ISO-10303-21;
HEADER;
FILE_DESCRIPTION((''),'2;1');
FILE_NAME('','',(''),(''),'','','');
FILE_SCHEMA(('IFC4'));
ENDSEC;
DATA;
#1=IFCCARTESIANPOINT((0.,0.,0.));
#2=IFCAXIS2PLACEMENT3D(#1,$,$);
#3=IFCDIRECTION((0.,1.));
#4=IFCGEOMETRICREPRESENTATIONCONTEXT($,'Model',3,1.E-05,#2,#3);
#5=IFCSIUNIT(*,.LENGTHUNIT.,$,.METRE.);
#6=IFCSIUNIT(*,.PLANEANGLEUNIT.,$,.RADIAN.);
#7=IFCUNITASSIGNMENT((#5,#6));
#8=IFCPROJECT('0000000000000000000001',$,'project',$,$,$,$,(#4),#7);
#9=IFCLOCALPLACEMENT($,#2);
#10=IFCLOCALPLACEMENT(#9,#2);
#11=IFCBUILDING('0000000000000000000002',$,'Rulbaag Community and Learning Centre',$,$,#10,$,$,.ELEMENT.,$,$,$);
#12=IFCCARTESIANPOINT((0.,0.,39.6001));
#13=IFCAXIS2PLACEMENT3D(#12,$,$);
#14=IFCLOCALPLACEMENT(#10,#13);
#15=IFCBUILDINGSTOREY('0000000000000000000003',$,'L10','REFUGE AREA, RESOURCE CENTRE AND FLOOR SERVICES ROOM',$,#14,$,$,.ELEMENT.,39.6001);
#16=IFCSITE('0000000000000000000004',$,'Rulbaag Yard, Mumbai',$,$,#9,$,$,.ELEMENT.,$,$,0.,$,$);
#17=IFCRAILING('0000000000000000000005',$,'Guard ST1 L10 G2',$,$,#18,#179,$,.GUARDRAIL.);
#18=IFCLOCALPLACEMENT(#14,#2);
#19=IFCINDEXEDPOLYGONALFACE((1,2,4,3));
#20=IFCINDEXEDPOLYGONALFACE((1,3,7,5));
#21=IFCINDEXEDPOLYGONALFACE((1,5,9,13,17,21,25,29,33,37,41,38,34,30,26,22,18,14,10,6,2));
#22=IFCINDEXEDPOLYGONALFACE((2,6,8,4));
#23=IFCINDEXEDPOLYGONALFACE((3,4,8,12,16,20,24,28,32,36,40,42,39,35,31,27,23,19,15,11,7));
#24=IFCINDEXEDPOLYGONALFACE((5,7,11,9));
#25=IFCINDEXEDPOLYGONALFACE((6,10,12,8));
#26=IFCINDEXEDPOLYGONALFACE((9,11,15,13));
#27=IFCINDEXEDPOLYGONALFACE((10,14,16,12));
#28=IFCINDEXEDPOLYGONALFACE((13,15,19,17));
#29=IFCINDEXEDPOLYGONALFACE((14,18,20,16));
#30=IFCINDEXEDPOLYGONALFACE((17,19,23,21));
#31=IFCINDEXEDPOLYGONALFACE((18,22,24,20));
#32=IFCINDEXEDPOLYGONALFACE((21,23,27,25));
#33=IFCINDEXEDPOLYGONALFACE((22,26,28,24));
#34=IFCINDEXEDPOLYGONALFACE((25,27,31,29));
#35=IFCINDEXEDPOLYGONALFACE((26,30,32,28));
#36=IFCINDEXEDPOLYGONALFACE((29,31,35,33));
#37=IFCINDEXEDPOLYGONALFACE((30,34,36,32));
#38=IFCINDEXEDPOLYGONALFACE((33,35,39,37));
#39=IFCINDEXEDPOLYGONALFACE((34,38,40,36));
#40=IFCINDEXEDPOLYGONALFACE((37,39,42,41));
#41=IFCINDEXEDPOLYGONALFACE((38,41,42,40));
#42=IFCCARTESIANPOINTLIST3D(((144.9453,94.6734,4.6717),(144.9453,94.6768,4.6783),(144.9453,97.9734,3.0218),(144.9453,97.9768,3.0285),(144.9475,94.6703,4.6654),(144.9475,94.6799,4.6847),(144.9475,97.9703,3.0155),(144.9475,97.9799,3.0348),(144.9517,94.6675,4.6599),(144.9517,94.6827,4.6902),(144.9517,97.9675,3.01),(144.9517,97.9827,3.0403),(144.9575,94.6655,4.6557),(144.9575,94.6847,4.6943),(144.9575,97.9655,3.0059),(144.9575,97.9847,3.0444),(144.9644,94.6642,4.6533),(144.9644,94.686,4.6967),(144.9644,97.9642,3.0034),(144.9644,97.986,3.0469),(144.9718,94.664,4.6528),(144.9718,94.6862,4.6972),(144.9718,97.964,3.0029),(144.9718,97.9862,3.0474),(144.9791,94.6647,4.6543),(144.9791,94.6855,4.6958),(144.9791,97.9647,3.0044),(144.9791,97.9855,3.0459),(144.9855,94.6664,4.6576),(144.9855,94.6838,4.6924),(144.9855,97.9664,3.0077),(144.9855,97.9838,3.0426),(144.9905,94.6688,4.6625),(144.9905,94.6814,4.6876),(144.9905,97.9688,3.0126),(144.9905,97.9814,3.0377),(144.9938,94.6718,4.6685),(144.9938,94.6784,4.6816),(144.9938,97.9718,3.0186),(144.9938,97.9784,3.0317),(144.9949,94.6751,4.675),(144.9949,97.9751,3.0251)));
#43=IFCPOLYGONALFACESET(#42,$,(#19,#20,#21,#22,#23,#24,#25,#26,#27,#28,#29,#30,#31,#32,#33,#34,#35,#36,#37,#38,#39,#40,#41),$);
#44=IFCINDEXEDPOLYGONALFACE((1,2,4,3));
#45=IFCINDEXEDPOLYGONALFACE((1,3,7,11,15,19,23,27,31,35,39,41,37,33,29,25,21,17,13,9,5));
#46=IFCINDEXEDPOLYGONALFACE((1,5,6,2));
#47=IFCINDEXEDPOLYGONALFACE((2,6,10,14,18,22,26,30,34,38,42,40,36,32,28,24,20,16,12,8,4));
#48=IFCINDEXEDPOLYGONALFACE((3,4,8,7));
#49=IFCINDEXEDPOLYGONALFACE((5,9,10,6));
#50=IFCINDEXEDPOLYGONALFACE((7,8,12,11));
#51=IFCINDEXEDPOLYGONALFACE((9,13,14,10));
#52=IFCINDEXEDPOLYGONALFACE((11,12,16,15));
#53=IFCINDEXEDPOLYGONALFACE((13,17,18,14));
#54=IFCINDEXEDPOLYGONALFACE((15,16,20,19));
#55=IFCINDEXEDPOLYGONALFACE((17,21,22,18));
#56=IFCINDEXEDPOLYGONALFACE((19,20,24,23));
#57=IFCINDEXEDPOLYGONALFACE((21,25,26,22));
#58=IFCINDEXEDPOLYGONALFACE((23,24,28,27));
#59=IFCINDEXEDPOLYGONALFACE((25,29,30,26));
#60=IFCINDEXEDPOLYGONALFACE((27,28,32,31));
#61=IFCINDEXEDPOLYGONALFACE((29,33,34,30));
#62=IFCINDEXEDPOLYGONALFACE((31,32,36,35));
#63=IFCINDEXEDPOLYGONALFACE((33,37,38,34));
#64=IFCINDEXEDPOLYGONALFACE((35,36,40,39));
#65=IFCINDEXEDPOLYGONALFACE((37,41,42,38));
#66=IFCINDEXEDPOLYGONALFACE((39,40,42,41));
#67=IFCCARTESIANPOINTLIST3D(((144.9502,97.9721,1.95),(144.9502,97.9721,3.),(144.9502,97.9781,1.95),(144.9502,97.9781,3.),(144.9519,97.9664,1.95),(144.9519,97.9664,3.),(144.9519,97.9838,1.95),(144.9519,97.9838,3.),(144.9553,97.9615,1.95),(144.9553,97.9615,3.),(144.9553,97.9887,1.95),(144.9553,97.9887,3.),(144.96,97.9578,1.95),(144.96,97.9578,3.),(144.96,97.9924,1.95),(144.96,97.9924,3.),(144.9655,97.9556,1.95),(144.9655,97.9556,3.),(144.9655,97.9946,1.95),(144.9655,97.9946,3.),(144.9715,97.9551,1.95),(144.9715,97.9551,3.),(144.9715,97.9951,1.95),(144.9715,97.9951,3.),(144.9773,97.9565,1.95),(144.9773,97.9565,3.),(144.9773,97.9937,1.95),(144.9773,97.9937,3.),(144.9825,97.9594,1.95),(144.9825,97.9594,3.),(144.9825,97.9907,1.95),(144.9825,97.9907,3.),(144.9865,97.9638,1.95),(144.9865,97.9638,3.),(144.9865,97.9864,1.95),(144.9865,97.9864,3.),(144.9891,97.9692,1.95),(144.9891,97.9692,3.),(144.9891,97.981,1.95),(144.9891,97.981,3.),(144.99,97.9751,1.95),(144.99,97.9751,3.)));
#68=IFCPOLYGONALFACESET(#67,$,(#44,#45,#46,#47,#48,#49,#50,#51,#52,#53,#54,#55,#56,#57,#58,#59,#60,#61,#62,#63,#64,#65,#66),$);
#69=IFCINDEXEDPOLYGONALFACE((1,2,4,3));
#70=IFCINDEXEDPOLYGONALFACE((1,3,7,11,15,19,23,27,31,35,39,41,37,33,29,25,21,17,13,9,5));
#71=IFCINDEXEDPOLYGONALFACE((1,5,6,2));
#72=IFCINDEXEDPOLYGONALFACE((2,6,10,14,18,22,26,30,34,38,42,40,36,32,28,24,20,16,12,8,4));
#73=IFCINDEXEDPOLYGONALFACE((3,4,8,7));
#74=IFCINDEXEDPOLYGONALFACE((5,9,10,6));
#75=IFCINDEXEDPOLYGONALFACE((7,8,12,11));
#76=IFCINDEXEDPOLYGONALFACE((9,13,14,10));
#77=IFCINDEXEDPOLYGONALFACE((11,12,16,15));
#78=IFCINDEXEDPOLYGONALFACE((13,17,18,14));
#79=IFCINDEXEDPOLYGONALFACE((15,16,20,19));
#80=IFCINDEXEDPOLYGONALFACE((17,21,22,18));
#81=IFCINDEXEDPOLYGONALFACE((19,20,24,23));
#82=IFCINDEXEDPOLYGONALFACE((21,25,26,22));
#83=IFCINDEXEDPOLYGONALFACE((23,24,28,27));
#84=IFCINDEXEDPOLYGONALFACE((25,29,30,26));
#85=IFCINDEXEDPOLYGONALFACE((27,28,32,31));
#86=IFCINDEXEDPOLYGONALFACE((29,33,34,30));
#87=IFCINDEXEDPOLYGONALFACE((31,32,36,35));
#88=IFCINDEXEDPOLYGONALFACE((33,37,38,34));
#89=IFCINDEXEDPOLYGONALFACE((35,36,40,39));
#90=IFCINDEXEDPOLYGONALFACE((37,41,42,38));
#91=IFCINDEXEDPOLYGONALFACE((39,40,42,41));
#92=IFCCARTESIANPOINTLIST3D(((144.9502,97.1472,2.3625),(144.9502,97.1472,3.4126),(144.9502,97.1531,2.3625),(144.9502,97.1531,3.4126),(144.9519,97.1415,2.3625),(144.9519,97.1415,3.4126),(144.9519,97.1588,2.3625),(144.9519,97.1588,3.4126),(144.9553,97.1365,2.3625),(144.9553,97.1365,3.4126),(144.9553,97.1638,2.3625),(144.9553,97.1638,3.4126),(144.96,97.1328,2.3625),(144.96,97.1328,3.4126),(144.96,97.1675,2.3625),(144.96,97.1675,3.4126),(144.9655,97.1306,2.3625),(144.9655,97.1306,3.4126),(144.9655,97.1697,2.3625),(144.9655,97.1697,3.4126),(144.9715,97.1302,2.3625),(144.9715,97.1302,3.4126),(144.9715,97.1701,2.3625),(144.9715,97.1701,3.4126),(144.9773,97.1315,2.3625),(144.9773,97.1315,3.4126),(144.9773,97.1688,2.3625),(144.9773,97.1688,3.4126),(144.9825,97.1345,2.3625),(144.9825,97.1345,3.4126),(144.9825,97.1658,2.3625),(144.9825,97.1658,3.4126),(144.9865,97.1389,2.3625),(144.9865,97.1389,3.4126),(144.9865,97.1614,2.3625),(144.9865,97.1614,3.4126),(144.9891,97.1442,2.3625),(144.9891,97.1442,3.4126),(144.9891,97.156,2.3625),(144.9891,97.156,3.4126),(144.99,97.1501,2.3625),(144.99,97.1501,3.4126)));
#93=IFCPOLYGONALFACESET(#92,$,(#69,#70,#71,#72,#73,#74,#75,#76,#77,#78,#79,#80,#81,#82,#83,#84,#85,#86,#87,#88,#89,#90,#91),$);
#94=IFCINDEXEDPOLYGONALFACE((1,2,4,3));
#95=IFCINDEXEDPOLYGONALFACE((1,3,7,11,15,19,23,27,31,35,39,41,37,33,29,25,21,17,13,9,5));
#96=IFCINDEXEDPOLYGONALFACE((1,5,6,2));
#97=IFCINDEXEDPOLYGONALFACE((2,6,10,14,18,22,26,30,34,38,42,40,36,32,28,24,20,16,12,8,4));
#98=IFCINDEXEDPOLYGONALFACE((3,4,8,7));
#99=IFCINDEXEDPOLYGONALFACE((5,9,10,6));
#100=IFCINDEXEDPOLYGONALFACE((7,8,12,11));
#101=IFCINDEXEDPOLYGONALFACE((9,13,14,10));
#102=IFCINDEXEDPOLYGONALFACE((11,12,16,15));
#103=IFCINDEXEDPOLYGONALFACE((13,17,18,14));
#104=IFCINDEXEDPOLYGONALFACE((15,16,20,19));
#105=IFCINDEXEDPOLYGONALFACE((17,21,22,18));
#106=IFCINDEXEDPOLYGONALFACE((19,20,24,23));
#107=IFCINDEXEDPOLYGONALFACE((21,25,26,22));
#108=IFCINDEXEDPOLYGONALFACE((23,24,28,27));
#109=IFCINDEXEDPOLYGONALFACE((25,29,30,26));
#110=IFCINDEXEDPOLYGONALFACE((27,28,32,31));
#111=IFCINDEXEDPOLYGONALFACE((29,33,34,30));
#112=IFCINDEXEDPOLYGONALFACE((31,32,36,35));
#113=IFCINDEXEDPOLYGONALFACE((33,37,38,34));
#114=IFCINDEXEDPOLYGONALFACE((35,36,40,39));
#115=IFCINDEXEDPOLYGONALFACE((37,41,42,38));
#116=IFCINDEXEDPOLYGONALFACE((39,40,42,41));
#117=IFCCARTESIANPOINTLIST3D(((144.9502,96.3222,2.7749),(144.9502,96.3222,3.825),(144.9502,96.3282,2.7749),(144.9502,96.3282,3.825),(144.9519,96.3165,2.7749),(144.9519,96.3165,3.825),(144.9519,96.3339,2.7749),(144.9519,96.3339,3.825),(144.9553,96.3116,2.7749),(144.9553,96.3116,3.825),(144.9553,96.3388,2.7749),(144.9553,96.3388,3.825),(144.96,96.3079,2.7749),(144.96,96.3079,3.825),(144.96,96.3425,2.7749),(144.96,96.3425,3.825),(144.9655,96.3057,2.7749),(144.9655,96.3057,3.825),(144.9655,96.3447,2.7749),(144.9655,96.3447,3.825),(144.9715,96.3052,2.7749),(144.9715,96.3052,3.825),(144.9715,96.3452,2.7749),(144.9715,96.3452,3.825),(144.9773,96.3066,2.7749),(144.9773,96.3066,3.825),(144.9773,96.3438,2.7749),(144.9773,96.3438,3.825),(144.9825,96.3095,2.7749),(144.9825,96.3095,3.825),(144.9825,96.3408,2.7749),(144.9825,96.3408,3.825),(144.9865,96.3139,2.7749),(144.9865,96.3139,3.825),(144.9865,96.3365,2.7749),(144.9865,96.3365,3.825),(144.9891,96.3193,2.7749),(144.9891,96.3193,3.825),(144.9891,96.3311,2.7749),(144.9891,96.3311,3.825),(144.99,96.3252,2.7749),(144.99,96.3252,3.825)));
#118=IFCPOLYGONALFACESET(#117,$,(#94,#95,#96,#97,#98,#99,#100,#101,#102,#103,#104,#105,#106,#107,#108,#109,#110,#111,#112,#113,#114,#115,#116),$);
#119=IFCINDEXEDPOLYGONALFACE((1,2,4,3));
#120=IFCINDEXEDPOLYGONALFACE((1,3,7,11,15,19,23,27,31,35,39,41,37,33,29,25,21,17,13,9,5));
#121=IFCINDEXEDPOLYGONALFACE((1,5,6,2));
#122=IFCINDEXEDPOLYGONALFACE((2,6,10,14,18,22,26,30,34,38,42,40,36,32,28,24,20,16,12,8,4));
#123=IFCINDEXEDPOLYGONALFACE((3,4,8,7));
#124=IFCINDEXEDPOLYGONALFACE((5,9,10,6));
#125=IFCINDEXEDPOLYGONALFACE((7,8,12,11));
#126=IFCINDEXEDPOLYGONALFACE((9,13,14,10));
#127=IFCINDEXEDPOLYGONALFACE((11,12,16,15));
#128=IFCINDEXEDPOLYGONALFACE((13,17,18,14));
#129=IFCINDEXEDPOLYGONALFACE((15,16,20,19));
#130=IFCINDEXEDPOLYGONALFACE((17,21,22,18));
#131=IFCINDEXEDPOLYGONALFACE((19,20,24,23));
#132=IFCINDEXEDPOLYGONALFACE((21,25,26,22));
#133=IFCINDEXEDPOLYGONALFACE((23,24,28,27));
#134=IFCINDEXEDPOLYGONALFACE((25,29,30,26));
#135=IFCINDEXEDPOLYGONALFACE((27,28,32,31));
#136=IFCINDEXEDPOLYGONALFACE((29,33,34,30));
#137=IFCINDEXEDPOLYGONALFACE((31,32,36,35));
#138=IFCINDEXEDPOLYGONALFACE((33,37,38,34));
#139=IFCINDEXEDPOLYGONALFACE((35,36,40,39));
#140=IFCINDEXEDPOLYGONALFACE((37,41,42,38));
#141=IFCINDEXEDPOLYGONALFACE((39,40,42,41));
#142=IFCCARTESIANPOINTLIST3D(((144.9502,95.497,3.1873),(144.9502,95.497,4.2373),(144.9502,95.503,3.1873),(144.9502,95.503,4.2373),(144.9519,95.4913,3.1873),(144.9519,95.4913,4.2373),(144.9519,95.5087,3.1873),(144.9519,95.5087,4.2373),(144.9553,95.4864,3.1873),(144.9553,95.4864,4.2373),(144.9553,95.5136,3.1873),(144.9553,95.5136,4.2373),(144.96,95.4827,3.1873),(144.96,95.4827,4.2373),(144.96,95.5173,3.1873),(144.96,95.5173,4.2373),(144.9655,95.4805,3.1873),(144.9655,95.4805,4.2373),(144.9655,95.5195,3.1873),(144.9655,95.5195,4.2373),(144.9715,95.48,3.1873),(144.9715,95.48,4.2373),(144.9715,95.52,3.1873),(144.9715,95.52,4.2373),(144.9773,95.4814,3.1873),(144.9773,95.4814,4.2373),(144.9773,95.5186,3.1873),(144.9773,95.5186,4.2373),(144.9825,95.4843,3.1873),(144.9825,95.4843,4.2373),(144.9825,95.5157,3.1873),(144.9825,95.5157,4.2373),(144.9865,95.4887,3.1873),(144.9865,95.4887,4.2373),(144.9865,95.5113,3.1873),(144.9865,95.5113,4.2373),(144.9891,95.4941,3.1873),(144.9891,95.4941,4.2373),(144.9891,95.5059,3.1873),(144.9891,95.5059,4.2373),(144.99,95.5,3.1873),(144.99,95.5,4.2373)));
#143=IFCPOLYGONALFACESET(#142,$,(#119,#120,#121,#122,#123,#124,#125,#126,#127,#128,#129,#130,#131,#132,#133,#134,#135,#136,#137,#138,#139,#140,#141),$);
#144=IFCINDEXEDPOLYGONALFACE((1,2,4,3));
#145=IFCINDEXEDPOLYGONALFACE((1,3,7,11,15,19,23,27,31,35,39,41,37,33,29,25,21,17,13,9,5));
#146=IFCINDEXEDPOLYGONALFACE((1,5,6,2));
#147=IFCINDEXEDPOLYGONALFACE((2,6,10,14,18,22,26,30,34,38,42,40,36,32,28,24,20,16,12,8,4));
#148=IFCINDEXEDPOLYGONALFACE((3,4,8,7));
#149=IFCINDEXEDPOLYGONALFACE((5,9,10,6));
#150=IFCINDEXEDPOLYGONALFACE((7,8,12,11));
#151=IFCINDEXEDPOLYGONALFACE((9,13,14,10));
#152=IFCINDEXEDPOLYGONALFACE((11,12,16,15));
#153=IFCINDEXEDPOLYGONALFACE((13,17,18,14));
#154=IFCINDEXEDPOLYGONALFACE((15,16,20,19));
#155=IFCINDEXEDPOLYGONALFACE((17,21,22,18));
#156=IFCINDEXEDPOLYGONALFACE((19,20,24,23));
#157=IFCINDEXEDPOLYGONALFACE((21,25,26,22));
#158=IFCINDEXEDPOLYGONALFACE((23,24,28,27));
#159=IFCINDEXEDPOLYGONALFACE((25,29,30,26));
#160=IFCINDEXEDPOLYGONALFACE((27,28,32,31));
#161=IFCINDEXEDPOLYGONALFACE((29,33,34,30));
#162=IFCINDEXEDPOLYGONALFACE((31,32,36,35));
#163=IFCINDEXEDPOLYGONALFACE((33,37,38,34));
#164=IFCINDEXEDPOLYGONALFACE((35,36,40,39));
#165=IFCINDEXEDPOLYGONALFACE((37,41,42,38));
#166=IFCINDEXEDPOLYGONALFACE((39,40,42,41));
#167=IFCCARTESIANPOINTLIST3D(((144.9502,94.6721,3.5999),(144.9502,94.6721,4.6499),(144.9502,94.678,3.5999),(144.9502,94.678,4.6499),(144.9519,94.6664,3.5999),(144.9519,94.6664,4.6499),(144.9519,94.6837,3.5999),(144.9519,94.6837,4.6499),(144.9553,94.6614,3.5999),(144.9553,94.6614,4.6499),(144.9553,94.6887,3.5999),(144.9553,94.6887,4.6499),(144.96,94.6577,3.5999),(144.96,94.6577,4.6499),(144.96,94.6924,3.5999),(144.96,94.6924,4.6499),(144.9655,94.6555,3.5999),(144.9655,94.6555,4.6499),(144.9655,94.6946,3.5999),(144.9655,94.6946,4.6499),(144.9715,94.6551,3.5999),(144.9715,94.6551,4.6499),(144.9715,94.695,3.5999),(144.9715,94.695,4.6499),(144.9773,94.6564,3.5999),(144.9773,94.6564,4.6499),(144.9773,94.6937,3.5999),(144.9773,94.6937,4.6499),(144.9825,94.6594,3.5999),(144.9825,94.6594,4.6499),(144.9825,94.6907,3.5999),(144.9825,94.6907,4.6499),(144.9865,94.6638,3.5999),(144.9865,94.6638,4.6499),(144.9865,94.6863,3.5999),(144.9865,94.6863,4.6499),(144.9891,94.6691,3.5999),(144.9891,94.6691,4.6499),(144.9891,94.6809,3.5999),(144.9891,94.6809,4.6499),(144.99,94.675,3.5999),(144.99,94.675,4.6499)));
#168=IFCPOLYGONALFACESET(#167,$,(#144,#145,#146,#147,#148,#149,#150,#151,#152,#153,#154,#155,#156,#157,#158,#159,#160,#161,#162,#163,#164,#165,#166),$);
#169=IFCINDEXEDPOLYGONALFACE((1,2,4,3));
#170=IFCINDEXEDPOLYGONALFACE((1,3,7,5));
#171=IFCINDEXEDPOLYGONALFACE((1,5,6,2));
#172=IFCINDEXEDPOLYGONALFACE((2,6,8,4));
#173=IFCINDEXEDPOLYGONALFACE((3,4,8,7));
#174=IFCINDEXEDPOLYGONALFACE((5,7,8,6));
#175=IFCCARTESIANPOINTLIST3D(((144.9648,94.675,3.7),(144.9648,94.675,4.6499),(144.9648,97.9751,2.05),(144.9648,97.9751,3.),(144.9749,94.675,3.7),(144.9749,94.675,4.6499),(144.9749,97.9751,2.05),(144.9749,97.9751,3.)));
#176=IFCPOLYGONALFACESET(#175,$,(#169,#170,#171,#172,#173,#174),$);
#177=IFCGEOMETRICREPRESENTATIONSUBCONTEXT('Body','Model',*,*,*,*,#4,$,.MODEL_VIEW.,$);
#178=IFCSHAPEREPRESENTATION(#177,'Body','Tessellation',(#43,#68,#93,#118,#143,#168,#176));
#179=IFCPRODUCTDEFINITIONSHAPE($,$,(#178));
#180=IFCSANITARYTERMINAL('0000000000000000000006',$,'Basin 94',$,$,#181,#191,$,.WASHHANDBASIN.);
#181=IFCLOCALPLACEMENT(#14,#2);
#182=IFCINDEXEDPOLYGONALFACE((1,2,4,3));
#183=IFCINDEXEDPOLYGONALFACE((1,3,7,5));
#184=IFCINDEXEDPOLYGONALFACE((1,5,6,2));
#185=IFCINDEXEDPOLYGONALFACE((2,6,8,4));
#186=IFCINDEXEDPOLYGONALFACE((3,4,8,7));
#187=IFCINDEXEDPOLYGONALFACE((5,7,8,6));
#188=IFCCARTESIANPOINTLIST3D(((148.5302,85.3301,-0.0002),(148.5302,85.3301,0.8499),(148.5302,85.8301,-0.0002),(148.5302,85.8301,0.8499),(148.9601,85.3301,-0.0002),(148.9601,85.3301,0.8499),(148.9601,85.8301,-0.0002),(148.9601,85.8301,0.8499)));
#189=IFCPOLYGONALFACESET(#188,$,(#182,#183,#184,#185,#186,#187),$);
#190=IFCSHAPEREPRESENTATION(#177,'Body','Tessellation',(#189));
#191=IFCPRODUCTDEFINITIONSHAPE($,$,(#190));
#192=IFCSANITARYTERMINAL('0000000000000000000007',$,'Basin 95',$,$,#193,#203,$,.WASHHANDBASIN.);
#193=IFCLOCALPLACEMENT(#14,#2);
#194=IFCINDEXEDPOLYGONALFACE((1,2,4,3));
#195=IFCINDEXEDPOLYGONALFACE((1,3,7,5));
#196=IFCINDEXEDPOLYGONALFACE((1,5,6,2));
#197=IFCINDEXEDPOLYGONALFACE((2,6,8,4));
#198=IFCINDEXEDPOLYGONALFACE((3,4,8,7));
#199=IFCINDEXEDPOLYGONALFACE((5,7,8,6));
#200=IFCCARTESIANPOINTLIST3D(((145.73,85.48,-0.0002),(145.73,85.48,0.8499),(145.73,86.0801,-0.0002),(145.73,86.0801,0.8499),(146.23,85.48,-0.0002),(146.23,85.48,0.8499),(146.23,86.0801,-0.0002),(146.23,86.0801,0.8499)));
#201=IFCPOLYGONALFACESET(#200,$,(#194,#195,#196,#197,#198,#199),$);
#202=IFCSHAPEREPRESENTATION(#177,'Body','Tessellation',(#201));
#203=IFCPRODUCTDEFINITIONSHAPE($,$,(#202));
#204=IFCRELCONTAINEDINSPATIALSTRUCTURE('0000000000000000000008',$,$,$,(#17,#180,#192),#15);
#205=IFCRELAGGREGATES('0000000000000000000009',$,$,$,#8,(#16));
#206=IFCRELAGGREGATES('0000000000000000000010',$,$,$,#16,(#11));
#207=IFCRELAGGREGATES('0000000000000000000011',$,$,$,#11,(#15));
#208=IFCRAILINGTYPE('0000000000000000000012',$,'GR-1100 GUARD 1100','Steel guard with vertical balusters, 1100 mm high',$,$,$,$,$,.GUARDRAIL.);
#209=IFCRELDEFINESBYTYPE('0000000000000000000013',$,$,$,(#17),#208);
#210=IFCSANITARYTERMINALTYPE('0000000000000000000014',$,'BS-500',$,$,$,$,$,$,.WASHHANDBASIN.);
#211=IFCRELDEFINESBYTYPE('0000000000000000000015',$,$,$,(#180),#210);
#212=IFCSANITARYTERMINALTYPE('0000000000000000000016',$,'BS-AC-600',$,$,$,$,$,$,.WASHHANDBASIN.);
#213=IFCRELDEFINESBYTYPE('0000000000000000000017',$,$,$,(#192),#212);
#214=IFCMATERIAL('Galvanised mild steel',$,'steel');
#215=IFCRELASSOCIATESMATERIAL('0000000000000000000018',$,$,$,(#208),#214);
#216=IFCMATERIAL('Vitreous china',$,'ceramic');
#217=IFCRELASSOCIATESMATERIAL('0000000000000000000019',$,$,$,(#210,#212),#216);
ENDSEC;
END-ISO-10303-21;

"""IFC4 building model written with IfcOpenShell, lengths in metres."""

from ifc_helpers import new_model, si_unit, direction, frame, origin, origin_2d, place, context, subcontext, project, spatial, polyline, rectangle, circle, outline, extrude, material, type_object, element, save


model = new_model("IFC4")

# Units and contexts
model_context = context("Model", 3, precision=1e-05, world=origin(), true_north=direction((0.0, 1.0)))
body_context = subcontext(model_context, "Body", "Model", "MODEL_VIEW")
ifc_project = project(units=[si_unit("LENGTHUNIT", "METRE"), si_unit("PLANEANGLEUNIT", "RADIAN")], contexts=[model_context])

# Site, building, storey
site_placement = place(None, origin())
site = spatial("IfcSite", under=ifc_project, at=site_placement, Name="Rulbaag Yard, Mumbai", CompositionType="ELEMENT", RefElevation=0.0)
building_placement = place(site_placement, origin())
building = spatial("IfcBuilding", under=site, at=building_placement, Name="Rulbaag Community and Learning Centre", CompositionType="ELEMENT")
storey_placement = place(building_placement, frame((0.0, 0.0, 39.6001)))
storey = spatial("IfcBuildingStorey", under=building, at=storey_placement, Name="L10", Description="REFUGE AREA, RESOURCE CENTRE AND FLOOR SERVICES ROOM", CompositionType="ELEMENT", Elevation=39.6001)

# Railing
ifc_material_1 = material(Name="Galvanised mild steel", Category="steel")
railing_type_1 = type_object("IfcRailingType", Name="GR-1100 GUARD 1100", Description="Steel guard with vertical balusters, 1100 mm high", PredefinedType="GUARDRAIL", material=ifc_material_1)
railing_1_placement = place(storey_placement, frame((144.97, 97.9751, 1.95)))
element("IfcRailing", 1, at=railing_1_placement, inside=storey, type_object=railing_type_1, Name="Guard ST1 L10 G2", PredefinedType="GUARDRAIL", context=body_context, shape_type="SweptSolid", body=[
    extrude(circle(Radius=0.0249, at=origin_2d()), frame((0.0, 0.0, 1.0752), z_axis=(0.0, -0.89444, 0.447187), x_axis=(1.0, 0.0, 0.0)), (0.0, 0.0, 1.0), 3.6895),
    extrude(circle(Radius=0.02, at=origin_2d()), origin(), (0.0, 0.0, 1.0), 1.05),
    extrude(circle(Radius=0.02, at=origin_2d()), frame((0.0, -0.825, 0.4126)), (0.0, 0.0, 1.0), 1.05),
    extrude(circle(Radius=0.02, at=origin_2d()), frame((0.0, -1.6499, 0.825)), (0.0, 0.0, 1.0), 1.05),
    extrude(circle(Radius=0.02, at=origin_2d()), frame((0.0, -2.4751, 1.2373)), (0.0, 0.0, 1.0), 1.05),
    extrude(circle(Radius=0.02, at=origin_2d()), frame((0.0, -3.3, 1.6499)), (0.0, 0.0, 1.0), 1.05),
    extrude(outline(polyline([(0.0, 0.0), (3.3, 1.6499), (3.3, 2.5999), (0.0, 0.95), (0.0, 0.0)])), frame((0.0049, 0.0, 0.1001), z_axis=(-1.0, 0.0, 0.0), x_axis=(0.0, -1.0, 0.0)), (0.0, 0.0, 1.0), 0.01),
])

# Sanitary terminals
ifc_material_2 = material(Name="Vitreous china", Category="ceramic")
sanitary_terminal_type_1 = type_object("IfcSanitaryTerminalType", Name="BS-500", PredefinedType="WASHHANDBASIN", material=ifc_material_2)
sanitary_terminal_1_placement = place(storey_placement, frame((148.7451, 85.5801, -0.0002), z_axis=(0.0, 0.0, 1.0), x_axis=(1.0, 0.0, 0.0)))
element("IfcSanitaryTerminal", 2, at=sanitary_terminal_1_placement, inside=storey, type_object=sanitary_terminal_type_1, Name="Basin 94", PredefinedType="WASHHANDBASIN", context=body_context, shape_type="SweptSolid", body=[
    extrude(rectangle(XDim=0.4299, YDim=0.5, at=origin_2d()), origin(), (0.0, 0.0, 1.0), 0.8501),
])
sanitary_terminal_type_2 = type_object("IfcSanitaryTerminalType", Name="BS-AC-600", PredefinedType="WASHHANDBASIN", material=ifc_material_2)
sanitary_terminal_2_placement = place(storey_placement, frame((145.98, 85.78, -0.0002), z_axis=(0.0, 0.0, 1.0), x_axis=(1.0, 0.0, 0.0)))
element("IfcSanitaryTerminal", 3, at=sanitary_terminal_2_placement, inside=storey, type_object=sanitary_terminal_type_2, Name="Basin 95", PredefinedType="WASHHANDBASIN", context=body_context, shape_type="SweptSolid", body=[
    extrude(rectangle(XDim=0.5, YDim=0.6001, at=origin_2d()), origin(), (0.0, 0.0, 1.0), 0.8501),
])

save(model, "model.ifc")
